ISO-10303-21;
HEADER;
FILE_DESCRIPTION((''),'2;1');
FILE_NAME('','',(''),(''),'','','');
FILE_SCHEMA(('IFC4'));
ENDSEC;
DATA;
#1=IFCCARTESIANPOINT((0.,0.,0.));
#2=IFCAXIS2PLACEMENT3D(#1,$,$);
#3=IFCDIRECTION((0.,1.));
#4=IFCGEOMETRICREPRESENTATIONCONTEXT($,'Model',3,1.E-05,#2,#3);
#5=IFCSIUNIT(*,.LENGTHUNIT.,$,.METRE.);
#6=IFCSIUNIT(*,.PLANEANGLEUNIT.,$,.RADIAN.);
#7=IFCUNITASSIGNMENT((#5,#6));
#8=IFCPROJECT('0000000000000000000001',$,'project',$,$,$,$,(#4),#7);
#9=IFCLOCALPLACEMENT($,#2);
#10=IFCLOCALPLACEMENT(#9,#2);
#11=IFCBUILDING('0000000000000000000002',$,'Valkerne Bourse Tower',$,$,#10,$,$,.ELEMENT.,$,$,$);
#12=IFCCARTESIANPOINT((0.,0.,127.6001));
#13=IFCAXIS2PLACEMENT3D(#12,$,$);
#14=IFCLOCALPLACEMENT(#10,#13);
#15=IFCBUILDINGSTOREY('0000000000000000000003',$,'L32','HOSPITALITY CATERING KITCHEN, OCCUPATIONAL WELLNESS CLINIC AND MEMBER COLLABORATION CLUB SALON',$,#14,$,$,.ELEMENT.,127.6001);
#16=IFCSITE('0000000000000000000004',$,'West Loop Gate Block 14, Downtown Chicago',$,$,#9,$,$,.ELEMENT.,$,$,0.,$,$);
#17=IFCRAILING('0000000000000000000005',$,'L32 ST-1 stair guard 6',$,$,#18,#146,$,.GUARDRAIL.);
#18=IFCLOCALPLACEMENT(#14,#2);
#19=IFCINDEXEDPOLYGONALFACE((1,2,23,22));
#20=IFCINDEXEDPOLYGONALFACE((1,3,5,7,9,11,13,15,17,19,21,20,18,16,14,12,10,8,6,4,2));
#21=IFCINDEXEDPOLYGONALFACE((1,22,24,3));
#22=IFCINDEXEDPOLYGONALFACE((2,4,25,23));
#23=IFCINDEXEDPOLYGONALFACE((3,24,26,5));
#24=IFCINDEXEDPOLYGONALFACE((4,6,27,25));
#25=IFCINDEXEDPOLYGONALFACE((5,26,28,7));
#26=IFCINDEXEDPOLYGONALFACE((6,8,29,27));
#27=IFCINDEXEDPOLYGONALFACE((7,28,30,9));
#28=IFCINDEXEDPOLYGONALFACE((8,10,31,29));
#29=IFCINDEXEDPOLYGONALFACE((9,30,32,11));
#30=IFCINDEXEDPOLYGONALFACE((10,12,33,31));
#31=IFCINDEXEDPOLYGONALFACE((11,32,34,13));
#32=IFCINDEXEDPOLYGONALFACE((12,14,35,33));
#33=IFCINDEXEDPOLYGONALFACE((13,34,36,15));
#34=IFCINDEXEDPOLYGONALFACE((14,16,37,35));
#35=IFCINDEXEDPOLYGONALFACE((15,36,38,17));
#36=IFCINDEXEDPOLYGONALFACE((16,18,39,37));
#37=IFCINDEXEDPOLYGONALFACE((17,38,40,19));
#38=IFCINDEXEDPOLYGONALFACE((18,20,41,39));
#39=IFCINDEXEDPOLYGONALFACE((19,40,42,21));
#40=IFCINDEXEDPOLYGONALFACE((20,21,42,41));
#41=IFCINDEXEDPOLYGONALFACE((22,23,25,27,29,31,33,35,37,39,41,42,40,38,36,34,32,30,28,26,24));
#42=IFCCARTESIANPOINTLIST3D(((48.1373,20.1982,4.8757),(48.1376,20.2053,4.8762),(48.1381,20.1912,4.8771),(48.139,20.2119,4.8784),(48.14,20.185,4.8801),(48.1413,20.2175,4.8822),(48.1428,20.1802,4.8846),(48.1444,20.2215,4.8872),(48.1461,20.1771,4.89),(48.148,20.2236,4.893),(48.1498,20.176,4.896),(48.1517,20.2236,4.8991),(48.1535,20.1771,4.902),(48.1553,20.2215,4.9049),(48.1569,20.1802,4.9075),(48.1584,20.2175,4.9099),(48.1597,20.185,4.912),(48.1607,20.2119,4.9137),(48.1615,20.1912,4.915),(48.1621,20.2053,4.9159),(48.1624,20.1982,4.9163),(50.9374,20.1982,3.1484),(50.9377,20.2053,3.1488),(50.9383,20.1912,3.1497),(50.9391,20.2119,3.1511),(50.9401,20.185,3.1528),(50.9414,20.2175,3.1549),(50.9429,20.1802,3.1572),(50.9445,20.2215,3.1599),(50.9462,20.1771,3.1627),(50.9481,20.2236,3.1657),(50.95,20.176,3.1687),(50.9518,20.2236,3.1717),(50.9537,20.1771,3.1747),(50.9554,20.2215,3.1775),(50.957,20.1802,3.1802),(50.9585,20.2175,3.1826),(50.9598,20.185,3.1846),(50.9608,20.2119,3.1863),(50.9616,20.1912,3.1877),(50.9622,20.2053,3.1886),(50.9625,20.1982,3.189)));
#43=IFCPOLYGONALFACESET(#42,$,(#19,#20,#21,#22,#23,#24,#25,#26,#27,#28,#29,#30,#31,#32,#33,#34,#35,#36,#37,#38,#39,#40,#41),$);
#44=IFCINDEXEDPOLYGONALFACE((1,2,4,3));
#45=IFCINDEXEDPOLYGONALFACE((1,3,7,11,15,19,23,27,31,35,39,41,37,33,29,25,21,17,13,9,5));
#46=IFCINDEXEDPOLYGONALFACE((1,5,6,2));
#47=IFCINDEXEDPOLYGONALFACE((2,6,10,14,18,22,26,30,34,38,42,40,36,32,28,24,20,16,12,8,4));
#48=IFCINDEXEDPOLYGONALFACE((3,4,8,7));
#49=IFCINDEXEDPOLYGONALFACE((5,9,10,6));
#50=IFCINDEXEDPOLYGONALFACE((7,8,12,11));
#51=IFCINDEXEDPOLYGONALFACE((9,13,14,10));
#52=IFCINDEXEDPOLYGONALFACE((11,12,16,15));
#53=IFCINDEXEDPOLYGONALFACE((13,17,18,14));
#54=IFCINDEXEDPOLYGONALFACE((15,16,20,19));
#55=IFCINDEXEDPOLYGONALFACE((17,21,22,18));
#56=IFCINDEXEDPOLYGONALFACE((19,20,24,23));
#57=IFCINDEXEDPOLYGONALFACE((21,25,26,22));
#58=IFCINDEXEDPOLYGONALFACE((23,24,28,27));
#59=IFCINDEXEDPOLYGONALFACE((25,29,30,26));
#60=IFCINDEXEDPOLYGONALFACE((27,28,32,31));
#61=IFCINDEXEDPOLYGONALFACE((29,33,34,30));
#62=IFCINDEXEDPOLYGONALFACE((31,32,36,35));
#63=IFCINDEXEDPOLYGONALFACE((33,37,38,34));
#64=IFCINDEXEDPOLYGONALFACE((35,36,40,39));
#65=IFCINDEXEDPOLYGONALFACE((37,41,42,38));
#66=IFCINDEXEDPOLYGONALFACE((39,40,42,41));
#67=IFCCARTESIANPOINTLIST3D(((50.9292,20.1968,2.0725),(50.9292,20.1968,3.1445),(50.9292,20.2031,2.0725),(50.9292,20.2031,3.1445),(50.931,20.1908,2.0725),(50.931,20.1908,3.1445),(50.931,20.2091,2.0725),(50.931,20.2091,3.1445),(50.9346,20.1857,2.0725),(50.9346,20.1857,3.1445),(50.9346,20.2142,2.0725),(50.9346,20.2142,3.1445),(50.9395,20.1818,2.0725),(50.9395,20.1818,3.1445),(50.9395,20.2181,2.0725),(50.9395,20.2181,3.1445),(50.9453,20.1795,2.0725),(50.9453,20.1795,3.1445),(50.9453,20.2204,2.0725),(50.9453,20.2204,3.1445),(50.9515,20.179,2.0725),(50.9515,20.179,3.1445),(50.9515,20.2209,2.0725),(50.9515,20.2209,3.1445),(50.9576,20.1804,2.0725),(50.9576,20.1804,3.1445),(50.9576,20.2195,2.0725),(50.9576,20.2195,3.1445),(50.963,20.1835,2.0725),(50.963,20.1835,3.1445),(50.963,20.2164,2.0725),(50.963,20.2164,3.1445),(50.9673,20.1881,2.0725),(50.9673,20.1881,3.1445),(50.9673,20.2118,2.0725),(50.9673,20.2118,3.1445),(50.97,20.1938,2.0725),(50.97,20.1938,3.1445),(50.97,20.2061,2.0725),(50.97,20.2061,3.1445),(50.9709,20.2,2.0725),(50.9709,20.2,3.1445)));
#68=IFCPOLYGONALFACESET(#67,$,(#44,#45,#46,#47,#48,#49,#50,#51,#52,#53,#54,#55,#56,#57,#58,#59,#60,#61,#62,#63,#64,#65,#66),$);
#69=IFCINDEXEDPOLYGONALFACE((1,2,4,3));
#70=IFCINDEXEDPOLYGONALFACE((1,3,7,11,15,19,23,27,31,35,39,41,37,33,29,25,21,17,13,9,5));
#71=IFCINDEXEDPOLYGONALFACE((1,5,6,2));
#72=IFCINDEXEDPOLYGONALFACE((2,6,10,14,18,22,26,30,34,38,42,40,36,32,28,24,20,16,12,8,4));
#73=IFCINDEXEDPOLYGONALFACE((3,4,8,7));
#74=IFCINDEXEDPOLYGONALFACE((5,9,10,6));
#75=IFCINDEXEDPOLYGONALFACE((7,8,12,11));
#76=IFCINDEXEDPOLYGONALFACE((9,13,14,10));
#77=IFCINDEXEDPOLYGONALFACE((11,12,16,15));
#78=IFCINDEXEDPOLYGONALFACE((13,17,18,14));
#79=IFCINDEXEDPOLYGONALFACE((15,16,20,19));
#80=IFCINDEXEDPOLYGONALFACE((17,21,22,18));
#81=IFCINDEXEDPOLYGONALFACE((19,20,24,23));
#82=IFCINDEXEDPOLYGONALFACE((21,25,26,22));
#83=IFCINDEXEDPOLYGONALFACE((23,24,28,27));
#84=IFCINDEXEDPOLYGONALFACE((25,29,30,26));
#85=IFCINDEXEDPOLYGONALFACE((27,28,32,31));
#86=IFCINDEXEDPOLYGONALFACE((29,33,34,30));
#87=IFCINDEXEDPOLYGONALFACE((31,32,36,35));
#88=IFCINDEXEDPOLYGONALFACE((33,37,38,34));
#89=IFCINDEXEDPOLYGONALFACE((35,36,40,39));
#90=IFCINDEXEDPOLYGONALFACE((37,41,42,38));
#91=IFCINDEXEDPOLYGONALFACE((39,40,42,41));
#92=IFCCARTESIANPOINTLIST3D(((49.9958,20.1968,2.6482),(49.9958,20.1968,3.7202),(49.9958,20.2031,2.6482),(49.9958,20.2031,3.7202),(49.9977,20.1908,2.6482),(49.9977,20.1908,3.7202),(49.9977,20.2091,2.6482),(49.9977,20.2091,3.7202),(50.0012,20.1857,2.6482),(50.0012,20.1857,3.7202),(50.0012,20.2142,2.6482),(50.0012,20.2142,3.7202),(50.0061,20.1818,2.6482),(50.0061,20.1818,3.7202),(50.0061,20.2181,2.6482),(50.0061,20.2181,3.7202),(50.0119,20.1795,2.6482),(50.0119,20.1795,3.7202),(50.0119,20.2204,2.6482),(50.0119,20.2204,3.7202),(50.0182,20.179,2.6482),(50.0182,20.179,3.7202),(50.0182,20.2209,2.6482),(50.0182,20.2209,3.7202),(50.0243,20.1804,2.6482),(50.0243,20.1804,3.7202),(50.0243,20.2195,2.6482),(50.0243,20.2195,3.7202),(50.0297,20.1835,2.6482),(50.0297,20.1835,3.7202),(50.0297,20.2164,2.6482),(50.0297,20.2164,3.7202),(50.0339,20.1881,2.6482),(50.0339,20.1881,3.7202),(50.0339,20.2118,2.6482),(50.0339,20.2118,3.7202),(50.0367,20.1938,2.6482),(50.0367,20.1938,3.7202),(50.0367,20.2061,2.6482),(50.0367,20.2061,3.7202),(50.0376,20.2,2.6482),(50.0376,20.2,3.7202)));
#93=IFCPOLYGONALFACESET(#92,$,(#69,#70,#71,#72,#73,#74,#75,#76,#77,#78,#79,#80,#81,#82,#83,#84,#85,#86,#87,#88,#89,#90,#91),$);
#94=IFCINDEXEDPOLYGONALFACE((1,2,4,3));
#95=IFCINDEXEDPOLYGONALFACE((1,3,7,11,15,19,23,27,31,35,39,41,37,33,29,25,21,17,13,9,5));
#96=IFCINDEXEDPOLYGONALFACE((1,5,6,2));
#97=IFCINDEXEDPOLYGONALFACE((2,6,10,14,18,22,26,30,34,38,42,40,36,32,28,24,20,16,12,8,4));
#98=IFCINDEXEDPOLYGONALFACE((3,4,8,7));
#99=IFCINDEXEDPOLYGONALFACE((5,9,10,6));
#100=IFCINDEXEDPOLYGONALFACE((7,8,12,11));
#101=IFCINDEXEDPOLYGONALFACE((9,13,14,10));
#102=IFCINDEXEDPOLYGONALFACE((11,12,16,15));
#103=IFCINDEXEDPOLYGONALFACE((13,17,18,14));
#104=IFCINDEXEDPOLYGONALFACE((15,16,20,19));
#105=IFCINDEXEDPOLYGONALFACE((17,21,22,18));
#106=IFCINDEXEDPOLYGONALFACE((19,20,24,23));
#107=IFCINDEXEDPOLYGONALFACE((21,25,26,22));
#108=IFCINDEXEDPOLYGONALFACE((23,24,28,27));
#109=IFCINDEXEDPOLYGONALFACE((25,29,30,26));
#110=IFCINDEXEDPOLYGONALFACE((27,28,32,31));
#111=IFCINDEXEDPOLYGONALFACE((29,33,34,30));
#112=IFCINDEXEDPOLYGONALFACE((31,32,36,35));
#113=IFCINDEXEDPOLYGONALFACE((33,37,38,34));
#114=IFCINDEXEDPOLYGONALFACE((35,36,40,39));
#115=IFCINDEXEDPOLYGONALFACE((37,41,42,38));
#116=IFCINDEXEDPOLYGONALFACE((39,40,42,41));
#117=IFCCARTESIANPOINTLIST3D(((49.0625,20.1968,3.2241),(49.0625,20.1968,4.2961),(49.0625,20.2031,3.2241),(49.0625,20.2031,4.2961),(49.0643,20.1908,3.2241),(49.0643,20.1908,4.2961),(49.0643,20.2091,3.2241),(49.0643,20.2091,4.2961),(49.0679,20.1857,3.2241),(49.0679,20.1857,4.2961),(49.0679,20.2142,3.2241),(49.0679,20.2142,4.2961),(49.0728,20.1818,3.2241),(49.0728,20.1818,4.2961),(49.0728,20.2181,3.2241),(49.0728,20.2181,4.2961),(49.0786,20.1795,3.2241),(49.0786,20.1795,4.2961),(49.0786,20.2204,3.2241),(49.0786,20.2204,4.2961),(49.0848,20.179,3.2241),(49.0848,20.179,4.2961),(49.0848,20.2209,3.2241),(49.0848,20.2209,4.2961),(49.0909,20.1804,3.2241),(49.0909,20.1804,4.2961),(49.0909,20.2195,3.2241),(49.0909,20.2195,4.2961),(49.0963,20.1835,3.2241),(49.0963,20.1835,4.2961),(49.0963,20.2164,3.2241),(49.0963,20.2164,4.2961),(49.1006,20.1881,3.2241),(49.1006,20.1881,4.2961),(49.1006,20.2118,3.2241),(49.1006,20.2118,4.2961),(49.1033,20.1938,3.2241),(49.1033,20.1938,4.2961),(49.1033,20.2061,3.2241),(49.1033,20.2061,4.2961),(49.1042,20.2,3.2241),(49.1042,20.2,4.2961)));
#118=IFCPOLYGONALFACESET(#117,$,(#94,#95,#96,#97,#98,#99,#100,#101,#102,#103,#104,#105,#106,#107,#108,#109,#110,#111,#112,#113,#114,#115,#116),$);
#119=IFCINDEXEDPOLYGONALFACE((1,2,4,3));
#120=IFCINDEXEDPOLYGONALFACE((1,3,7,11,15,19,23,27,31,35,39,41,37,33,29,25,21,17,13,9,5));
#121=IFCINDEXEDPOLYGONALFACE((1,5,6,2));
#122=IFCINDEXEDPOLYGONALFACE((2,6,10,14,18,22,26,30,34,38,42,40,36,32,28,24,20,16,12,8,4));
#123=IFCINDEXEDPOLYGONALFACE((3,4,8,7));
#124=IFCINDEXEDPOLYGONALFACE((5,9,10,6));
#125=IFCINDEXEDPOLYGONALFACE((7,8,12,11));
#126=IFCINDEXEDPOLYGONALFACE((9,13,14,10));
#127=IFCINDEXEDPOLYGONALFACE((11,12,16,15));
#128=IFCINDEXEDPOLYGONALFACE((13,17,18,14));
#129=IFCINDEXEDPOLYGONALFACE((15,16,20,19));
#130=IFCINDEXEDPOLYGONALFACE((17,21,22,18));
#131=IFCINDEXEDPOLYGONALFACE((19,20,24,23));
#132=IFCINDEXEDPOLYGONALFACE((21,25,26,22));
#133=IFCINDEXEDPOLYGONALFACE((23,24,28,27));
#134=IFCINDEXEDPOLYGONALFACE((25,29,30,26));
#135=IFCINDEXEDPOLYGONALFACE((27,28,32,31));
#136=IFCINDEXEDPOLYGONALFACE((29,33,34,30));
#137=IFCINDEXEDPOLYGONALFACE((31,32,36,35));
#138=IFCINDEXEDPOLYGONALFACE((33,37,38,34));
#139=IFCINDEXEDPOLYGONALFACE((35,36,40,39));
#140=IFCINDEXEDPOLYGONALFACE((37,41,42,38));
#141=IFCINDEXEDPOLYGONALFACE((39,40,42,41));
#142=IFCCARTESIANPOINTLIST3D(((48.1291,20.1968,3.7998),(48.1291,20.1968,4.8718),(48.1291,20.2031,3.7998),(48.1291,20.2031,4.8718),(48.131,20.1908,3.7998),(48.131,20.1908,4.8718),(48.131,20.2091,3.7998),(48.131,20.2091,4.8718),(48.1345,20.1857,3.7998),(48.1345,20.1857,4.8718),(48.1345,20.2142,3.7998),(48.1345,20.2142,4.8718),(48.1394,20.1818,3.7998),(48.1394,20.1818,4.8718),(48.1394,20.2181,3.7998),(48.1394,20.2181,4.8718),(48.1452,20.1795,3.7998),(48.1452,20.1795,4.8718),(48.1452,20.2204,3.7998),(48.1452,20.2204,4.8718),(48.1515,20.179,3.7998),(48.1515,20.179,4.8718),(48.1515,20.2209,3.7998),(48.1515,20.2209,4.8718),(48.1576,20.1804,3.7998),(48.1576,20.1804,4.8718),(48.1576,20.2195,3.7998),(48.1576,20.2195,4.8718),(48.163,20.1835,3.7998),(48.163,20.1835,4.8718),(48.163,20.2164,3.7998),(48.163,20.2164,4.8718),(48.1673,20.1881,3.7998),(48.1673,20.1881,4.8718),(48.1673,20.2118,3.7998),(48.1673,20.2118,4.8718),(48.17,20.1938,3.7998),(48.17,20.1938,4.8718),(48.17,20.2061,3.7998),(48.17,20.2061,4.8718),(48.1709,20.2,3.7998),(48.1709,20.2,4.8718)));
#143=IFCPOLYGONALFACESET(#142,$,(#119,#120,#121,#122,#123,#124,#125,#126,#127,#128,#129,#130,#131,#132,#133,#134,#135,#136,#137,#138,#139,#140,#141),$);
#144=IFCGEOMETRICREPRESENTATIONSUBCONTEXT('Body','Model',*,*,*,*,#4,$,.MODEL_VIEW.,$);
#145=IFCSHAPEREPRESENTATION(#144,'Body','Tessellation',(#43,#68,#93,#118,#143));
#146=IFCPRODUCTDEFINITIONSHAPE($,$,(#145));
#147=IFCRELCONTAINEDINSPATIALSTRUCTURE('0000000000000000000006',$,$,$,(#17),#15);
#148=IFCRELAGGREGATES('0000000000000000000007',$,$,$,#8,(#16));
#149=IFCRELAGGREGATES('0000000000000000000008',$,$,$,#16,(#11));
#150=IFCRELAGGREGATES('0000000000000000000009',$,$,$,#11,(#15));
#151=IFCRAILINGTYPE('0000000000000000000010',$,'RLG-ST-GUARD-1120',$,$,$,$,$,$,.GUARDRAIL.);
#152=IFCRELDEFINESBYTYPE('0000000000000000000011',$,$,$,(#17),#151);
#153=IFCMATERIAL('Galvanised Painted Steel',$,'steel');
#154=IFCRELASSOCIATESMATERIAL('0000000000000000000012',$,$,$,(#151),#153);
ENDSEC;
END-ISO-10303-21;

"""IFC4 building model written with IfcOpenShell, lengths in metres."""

from ifc_helpers import new_model, si_unit, direction, frame, origin, origin_2d, place, context, subcontext, project, spatial, circle, extrude, material, type_object, element, save


model = new_model("IFC4")

# Units and contexts
model_context = context("Model", 3, precision=1e-05, world=origin(), true_north=direction((0.0, 1.0)))
body_context = subcontext(model_context, "Body", "Model", "MODEL_VIEW")
ifc_project = project(units=[si_unit("LENGTHUNIT", "METRE"), si_unit("PLANEANGLEUNIT", "RADIAN")], contexts=[model_context])

# Site, building, storey
site_placement = place(None, origin())
site = spatial("IfcSite", under=ifc_project, at=site_placement, Name="West Loop Gate Block 14, Downtown Chicago", CompositionType="ELEMENT", RefElevation=0.0)
building_placement = place(site_placement, origin())
building = spatial("IfcBuilding", under=site, at=building_placement, Name="Valkerne Bourse Tower", CompositionType="ELEMENT")
storey_placement = place(building_placement, frame((0.0, 0.0, 127.6001)))
storey = spatial("IfcBuildingStorey", under=building, at=storey_placement, Name="L32", Description="HOSPITALITY CATERING KITCHEN, OCCUPATIONAL WELLNESS CLINIC AND MEMBER COLLABORATION CLUB SALON", CompositionType="ELEMENT", Elevation=127.6001)

# Shared definitions
ifc_material_1 = material(Name="Galvanised Painted Steel", Category="steel")

# Railing
railing_type_1 = type_object("IfcRailingType", Name="RLG-ST-GUARD-1120", PredefinedType="GUARDRAIL", material=ifc_material_1)
railing_1_placement = place(storey_placement, frame((50.95, 20.2, 2.0725)))
element("IfcRailing", 1, at=railing_1_placement, inside=storey, type_object=railing_type_1, Name="L32 ST-1 stair guard 6", PredefinedType="GUARDRAIL", context=body_context, shape_type="SweptSolid", body=[
    extrude(circle(Radius=0.0239, at=origin_2d()), frame((0.0, 0.0, 1.0962), z_axis=(-0.85109, 0.0, 0.52502), x_axis=(0.0, -1.0, 0.0)), (0.0, 0.0, 1.0), 3.29),
    extrude(circle(Radius=0.021, at=origin_2d()), origin(), (0.0, 0.0, 1.0), 1.072),
    extrude(circle(Radius=0.021, at=origin_2d()), frame((-0.9333, 0.0, 0.5757)), (0.0, 0.0, 1.0), 1.072),
    extrude(circle(Radius=0.021, at=origin_2d()), frame((-1.8667, 0.0, 1.1516)), (0.0, 0.0, 1.0), 1.072),
    extrude(circle(Radius=0.021, at=origin_2d()), frame((-2.8, 0.0, 1.7273)), (0.0, 0.0, 1.0), 1.072),
])

save(model, "model.ifc")
